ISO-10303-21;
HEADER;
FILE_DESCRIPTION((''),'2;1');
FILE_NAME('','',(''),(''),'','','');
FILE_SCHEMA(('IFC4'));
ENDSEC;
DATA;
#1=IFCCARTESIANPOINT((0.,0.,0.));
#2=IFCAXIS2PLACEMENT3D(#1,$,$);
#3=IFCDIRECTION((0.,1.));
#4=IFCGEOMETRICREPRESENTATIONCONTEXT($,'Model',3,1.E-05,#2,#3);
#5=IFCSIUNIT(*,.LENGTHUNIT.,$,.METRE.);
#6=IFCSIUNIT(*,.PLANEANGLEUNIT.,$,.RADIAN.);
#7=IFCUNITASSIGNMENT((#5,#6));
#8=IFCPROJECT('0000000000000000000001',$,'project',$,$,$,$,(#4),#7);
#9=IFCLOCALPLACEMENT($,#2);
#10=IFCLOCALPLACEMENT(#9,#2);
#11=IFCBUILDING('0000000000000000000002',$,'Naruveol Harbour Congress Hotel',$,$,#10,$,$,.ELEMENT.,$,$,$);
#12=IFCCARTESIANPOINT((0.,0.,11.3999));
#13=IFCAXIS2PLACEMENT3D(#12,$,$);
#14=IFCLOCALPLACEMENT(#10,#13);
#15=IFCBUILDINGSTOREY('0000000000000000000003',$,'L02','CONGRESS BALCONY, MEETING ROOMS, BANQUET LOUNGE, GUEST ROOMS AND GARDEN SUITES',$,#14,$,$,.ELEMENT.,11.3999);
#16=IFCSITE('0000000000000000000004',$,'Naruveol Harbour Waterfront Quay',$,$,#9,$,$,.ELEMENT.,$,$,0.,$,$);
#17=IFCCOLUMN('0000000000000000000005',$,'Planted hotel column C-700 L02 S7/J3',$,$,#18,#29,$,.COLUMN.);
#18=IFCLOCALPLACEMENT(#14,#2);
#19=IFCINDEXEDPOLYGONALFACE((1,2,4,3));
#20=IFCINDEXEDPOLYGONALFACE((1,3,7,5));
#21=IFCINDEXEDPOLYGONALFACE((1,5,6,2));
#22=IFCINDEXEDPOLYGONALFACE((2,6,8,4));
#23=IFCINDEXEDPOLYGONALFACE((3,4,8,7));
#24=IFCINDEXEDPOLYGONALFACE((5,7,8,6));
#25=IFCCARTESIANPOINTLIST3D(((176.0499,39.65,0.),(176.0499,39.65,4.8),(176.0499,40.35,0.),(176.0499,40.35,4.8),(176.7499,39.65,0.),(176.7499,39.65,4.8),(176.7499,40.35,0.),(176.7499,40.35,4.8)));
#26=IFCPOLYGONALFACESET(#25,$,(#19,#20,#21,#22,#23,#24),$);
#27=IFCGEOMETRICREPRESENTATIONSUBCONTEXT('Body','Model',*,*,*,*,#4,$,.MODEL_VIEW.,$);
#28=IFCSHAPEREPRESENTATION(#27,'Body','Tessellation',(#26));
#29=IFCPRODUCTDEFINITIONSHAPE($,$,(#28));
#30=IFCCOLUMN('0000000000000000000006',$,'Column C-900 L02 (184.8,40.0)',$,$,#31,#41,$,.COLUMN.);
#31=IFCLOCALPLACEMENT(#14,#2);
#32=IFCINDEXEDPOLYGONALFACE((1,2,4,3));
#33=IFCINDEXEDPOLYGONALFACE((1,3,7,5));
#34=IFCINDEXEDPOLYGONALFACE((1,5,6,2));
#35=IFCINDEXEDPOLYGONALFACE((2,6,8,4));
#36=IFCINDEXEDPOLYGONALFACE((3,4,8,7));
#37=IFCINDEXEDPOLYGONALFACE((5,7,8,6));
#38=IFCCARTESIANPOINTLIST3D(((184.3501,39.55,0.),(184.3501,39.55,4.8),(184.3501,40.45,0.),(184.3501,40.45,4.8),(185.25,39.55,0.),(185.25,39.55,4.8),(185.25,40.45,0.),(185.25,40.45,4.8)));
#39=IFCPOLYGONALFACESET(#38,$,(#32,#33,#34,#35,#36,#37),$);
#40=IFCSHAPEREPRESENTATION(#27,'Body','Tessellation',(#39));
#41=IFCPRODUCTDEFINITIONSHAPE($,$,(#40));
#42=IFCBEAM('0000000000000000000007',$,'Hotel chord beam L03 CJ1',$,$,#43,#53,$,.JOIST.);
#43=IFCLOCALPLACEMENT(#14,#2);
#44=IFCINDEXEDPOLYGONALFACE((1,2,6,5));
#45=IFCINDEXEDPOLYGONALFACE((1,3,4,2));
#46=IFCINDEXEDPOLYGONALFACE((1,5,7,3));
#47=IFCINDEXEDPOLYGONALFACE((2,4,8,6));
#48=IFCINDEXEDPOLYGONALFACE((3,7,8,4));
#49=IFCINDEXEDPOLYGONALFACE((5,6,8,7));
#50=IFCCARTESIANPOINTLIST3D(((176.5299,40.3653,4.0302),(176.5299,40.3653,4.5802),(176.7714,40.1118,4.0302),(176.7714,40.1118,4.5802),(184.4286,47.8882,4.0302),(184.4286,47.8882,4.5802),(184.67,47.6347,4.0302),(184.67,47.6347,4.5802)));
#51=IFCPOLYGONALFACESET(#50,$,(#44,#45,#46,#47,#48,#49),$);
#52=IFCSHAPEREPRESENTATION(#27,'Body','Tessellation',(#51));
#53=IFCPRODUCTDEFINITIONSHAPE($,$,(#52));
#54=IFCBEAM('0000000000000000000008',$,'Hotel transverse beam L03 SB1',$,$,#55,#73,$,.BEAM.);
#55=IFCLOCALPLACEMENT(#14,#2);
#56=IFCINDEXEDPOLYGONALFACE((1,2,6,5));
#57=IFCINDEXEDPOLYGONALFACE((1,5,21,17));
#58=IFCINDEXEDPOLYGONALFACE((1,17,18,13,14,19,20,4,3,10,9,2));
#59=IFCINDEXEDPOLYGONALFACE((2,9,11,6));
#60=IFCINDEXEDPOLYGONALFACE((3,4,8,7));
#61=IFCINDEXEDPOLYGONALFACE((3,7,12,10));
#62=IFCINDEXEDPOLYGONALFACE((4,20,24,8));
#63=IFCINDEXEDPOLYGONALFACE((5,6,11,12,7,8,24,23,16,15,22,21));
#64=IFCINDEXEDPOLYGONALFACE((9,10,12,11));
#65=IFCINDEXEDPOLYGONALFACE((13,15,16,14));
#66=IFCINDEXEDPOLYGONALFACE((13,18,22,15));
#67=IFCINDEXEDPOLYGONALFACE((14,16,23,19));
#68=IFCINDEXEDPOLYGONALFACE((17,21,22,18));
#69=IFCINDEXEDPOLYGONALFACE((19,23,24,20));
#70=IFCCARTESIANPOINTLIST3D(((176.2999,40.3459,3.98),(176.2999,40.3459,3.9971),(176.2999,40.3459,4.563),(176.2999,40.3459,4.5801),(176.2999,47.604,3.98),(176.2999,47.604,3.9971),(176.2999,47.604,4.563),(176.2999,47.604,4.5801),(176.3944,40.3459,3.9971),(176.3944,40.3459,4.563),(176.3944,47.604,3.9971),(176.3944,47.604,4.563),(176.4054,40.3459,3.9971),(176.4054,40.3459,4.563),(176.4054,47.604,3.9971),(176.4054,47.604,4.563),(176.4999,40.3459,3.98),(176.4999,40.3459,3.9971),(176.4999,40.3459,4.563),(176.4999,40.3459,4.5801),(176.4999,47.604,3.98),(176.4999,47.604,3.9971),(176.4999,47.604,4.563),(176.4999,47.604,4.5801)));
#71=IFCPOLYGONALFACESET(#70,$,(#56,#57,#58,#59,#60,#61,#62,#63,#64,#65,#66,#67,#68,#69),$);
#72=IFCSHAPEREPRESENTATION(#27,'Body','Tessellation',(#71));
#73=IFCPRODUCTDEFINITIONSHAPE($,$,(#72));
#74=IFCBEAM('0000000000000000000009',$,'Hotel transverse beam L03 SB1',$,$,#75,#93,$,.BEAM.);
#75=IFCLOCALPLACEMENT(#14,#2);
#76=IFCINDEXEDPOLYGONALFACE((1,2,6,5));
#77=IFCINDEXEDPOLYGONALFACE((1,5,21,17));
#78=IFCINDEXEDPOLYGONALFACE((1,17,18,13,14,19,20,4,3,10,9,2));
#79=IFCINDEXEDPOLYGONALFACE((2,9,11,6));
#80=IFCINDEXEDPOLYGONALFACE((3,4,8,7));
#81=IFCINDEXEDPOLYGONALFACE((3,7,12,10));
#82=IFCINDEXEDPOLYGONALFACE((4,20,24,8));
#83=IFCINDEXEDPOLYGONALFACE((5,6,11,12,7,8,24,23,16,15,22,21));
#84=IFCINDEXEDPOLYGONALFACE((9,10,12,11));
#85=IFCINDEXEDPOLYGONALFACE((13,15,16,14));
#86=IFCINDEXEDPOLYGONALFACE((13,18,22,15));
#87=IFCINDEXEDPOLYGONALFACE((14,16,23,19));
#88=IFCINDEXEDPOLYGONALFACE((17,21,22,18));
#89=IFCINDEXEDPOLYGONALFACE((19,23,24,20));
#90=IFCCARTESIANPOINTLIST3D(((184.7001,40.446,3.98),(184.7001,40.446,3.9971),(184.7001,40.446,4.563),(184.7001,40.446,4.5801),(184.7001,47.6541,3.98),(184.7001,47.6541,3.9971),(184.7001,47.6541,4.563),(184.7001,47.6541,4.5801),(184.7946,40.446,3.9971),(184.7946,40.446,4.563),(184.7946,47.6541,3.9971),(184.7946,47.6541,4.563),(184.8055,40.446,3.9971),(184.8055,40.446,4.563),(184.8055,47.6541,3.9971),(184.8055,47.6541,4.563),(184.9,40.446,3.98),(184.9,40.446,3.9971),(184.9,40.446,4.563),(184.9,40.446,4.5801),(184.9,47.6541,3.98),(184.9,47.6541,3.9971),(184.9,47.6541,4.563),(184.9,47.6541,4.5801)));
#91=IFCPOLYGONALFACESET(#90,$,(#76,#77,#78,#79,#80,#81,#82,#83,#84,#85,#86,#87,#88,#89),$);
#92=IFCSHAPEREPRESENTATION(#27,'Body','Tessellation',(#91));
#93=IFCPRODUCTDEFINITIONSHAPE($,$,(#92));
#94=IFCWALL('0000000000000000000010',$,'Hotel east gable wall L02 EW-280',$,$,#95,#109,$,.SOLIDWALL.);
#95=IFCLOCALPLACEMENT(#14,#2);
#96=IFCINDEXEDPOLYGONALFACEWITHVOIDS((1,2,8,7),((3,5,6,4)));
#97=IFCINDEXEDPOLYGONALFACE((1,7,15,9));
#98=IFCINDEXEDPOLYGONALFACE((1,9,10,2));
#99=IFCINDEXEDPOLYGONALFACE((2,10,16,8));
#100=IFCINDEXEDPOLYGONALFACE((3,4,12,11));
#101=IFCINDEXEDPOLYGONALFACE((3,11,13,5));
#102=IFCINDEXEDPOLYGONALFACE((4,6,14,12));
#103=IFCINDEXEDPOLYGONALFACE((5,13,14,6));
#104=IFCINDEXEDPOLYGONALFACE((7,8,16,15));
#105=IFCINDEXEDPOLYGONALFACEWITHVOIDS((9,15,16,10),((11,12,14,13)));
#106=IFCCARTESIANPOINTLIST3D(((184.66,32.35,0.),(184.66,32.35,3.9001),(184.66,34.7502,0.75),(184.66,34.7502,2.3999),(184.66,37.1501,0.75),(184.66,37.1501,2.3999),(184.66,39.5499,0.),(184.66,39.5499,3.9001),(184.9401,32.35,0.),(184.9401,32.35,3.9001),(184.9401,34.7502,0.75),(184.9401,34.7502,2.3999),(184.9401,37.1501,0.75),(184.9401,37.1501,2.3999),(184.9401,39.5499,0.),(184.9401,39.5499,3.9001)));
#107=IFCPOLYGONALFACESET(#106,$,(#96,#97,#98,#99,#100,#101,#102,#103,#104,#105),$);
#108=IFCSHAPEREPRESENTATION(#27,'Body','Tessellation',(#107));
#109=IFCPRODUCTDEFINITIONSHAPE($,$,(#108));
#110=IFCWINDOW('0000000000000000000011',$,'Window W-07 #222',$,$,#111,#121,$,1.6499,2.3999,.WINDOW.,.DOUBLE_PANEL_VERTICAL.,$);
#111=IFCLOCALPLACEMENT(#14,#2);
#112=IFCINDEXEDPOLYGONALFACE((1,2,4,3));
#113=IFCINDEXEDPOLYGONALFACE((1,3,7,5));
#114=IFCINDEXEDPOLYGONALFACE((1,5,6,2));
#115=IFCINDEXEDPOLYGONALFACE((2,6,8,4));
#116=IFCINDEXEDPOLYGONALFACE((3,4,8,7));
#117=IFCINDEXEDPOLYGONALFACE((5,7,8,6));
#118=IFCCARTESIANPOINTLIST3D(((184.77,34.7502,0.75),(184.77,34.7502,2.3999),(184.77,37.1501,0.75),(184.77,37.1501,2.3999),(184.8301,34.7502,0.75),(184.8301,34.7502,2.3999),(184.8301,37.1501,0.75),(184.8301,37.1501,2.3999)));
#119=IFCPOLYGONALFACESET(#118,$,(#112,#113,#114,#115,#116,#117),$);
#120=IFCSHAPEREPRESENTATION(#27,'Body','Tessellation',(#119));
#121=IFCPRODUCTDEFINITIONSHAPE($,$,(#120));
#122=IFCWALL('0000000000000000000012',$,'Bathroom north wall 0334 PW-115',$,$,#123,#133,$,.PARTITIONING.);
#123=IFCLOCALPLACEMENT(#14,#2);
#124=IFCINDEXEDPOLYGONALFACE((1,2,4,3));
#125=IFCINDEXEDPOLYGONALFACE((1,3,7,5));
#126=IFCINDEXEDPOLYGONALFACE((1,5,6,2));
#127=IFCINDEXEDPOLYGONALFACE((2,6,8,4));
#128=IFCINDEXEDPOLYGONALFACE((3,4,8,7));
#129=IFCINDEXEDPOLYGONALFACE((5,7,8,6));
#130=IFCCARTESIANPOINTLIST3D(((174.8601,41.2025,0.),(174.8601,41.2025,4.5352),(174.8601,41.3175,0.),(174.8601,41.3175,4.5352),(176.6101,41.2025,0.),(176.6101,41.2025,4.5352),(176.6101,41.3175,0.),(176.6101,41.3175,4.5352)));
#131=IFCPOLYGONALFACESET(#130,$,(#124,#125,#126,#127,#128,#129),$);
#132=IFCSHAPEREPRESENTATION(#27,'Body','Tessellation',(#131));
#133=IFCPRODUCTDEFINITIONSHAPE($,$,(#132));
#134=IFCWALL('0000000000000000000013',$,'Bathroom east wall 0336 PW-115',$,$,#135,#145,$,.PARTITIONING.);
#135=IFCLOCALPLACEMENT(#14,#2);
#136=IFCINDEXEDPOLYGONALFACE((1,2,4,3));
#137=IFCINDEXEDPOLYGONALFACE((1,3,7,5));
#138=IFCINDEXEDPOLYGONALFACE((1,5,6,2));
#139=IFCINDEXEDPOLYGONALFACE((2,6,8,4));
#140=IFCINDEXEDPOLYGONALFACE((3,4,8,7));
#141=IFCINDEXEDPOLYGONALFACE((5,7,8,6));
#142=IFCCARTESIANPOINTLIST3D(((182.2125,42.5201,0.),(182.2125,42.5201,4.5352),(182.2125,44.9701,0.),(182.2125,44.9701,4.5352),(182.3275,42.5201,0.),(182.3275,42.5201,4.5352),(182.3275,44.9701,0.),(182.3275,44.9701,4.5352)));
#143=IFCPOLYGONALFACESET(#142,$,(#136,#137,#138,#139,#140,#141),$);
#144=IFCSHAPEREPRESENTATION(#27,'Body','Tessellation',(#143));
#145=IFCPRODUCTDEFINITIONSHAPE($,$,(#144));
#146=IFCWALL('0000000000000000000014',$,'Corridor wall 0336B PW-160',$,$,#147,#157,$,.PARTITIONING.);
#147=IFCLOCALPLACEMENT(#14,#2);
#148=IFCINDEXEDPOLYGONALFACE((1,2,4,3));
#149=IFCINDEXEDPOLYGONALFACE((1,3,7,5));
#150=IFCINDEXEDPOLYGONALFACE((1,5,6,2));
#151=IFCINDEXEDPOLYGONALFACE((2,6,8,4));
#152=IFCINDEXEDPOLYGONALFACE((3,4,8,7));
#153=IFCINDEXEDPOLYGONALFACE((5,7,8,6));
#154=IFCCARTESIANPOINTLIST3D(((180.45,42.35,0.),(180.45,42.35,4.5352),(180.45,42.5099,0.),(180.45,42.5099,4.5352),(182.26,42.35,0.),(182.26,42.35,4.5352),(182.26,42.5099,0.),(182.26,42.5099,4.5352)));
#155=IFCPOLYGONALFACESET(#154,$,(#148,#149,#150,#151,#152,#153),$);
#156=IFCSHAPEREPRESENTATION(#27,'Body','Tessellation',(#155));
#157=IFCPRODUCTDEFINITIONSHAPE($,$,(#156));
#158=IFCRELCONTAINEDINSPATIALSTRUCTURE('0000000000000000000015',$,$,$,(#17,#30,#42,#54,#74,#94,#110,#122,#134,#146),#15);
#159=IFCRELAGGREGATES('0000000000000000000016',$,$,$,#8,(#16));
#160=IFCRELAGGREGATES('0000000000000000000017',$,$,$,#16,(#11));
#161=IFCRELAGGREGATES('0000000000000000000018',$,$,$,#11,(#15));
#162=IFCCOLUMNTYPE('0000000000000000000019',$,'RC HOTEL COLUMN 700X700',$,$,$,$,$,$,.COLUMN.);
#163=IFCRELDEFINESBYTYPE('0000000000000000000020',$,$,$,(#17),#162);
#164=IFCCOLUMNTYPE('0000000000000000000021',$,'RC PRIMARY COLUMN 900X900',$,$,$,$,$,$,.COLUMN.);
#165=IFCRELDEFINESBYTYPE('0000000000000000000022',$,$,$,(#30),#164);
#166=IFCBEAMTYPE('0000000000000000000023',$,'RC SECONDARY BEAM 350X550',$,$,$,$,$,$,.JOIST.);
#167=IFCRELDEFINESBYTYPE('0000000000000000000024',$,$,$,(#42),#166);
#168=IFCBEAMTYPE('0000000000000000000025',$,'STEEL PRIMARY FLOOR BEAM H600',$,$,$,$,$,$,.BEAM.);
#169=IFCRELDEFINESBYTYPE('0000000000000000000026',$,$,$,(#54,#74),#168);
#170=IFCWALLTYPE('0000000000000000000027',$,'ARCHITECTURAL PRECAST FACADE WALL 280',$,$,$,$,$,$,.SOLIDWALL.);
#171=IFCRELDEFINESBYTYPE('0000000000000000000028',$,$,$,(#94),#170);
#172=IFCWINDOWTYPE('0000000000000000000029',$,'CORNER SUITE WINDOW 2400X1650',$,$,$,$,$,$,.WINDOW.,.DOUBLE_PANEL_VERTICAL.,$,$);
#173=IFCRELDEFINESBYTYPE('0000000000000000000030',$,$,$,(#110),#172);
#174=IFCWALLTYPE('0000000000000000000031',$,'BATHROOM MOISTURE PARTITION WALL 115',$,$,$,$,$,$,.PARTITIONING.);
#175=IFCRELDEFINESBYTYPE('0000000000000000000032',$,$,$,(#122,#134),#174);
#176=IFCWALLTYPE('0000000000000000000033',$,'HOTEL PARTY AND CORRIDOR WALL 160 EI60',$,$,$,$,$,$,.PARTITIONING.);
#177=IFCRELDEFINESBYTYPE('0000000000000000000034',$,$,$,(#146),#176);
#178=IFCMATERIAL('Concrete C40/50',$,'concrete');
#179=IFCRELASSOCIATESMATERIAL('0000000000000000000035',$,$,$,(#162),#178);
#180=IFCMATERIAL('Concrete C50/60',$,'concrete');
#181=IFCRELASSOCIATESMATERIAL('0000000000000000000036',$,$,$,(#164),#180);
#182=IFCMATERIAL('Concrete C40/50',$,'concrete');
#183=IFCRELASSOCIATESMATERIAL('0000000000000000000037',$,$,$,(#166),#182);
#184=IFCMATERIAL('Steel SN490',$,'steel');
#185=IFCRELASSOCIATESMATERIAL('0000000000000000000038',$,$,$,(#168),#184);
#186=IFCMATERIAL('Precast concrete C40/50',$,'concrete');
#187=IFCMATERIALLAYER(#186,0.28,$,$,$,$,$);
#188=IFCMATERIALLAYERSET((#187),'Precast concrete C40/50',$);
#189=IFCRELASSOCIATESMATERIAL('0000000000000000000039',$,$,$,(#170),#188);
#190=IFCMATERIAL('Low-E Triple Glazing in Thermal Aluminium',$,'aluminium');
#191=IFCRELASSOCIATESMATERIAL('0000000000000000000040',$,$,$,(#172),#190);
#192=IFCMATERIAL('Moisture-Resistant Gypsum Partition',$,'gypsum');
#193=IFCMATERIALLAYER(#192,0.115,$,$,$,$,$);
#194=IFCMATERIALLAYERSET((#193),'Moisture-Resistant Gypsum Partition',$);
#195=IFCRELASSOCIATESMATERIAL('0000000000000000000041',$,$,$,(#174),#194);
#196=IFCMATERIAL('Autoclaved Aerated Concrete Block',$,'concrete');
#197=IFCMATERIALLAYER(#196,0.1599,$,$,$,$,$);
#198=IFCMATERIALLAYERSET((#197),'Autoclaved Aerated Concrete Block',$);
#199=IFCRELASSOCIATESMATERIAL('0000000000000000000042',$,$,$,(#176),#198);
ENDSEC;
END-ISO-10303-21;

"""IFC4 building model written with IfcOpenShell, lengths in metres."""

from ifc_helpers import new_model, si_unit, direction, frame, frame_2d, origin, origin_2d, place, context, subcontext, project, spatial, rectangle, i_section, extrude, material, layer, layer_set, material_profile, profile_set, type_object, element, fill, save


model = new_model("IFC4")

# Units and contexts
model_context = context("Model", 3, precision=1e-05, world=origin(), true_north=direction((0.0, 1.0)))
body_context = subcontext(model_context, "Body", "Model", "MODEL_VIEW")
ifc_project = project(units=[si_unit("LENGTHUNIT", "METRE"), si_unit("PLANEANGLEUNIT", "RADIAN")], contexts=[model_context])

# Site, building, storey
site_placement = place(None, origin())
site = spatial("IfcSite", under=ifc_project, at=site_placement, Name="Naruveol Harbour Waterfront Quay", CompositionType="ELEMENT", RefElevation=0.0)
building_placement = place(site_placement, origin())
building = spatial("IfcBuilding", under=site, at=building_placement, Name="Naruveol Harbour Congress Hotel", CompositionType="ELEMENT")
storey_placement = place(building_placement, frame((0.0, 0.0, 11.3999)))
storey = spatial("IfcBuildingStorey", under=building, at=storey_placement, Name="L02", Description="CONGRESS BALCONY, MEETING ROOMS, BANQUET LOUNGE, GUEST ROOMS AND GARDEN SUITES", CompositionType="ELEMENT", Elevation=11.3999)

# Columns
ifc_material_1 = material(Name="Concrete C40/50", Category="concrete")
ifc_material_profile_1 = material_profile(ifc_material_1, rectangle(XDim=0.7, YDim=0.7, at=origin_2d()), Name="RC-700x700")
ifc_profile_set_1 = profile_set([ifc_material_profile_1], Name="Concrete C40/50")
column_type_1 = type_object("IfcColumnType", Name="RC HOTEL COLUMN 700X700", PredefinedType="COLUMN", material=ifc_profile_set_1)
column_1_placement = place(storey_placement, frame((176.3999, 40.0, 0.0), z_axis=(0.0, 0.0, 1.0), x_axis=(1.0, 0.0, 0.0)))
element("IfcColumn", 1, at=column_1_placement, inside=storey, type_object=column_type_1, Name="Planted hotel column C-700 L02 S7/J3", PredefinedType="COLUMN", context=body_context, shape_type="SweptSolid", body=[
    extrude(rectangle(XDim=0.7, YDim=0.7, at=origin_2d()), origin(), (0.0, 0.0, 1.0), 4.8),
])
ifc_material_2 = material(Name="Concrete C50/60", Category="concrete")
ifc_material_profile_2 = material_profile(ifc_material_2, rectangle(XDim=0.8999, YDim=0.8999, at=origin_2d()), Name="RC-900x900")
ifc_profile_set_2 = profile_set([ifc_material_profile_2], Name="Concrete C50/60")
column_type_2 = type_object("IfcColumnType", Name="RC PRIMARY COLUMN 900X900", PredefinedType="COLUMN", material=ifc_profile_set_2)
column_2_placement = place(storey_placement, frame((184.8, 40.0, 0.0), z_axis=(0.0, 0.0, 1.0), x_axis=(1.0, 0.0, 0.0)))
element("IfcColumn", 2, at=column_2_placement, inside=storey, type_object=column_type_2, Name="Column C-900 L02 (184.8,40.0)", PredefinedType="COLUMN", context=body_context, shape_type="SweptSolid", body=[
    extrude(rectangle(XDim=0.8999, YDim=0.8999, at=origin_2d()), origin(), (0.0, 0.0, 1.0), 4.8),
])

# Beams
ifc_material_3 = material(Name="Concrete C40/50", Category="concrete")
ifc_material_profile_3 = material_profile(ifc_material_3, rectangle(XDim=0.3501, YDim=0.55, at=origin_2d()), Name="RCB-350x550")
ifc_profile_set_3 = profile_set([ifc_material_profile_3], Name="Concrete C40/50")
beam_type_1 = type_object("IfcBeamType", Name="RC SECONDARY BEAM 350X550", PredefinedType="JOIST", material=ifc_profile_set_3)
beam_1_placement = place(storey_placement, frame((176.6506, 40.2385, 4.3052), z_axis=(0.72412, 0.689674, 0.0), x_axis=(-0.689674, 0.72412, 0.0)))
element("IfcBeam", 3, at=beam_1_placement, inside=storey, type_object=beam_type_1, Name="Hotel chord beam L03 CJ1", PredefinedType="JOIST", context=body_context, shape_type="SweptSolid", body=[
    extrude(rectangle(XDim=0.3501, YDim=0.55, at=origin_2d()), origin(), (0.0, 0.0, 1.0), 10.908),
])
ifc_material_4 = material(Name="Steel SN490", Category="steel")
ifc_material_profile_4 = material_profile(ifc_material_4, i_section(OverallWidth=0.2, OverallDepth=0.6001, WebThickness=0.011, FlangeThickness=0.0171, at=origin_2d()), Name="H-600x200x11x17")
ifc_profile_set_4 = profile_set([ifc_material_profile_4], Name="Steel SN490")
beam_type_2 = type_object("IfcBeamType", Name="STEEL PRIMARY FLOOR BEAM H600", PredefinedType="BEAM", material=ifc_profile_set_4)
beam_2_placement = place(storey_placement, frame((176.3999, 40.3459, 4.28), z_axis=(0.0, 1.0, 0.0), x_axis=(-1.0, 0.0, 0.0)))
element("IfcBeam", 4, at=beam_2_placement, inside=storey, type_object=beam_type_2, Name="Hotel transverse beam L03 SB1", PredefinedType="BEAM", context=body_context, shape_type="SweptSolid", body=[
    extrude(i_section(OverallWidth=0.2, OverallDepth=0.6001, WebThickness=0.011, FlangeThickness=0.0171, at=origin_2d()), origin(), (0.0, 0.0, 1.0), 7.2581),
])
beam_3_placement = place(storey_placement, frame((184.8, 40.446, 4.28), z_axis=(0.0, 1.0, 0.0), x_axis=(-1.0, 0.0, 0.0)))
element("IfcBeam", 5, at=beam_3_placement, inside=storey, type_object=beam_type_2, Name="Hotel transverse beam L03 SB1", PredefinedType="BEAM", context=body_context, shape_type="SweptSolid", body=[
    extrude(i_section(OverallWidth=0.2, OverallDepth=0.6001, WebThickness=0.011, FlangeThickness=0.0171, at=origin_2d()), origin(), (0.0, 0.0, 1.0), 7.208),
])

# Wall, opening, window
ifc_material_5 = material(Name="Precast concrete C40/50", Category="concrete")
ifc_layer_1 = layer(ifc_material_5, 0.28)
ifc_layer_set_1 = layer_set([ifc_layer_1], Name="Precast concrete C40/50")
wall_type_1 = type_object("IfcWallType", Name="ARCHITECTURAL PRECAST FACADE WALL 280", PredefinedType="SOLIDWALL", material=ifc_layer_set_1)
wall_1_placement = place(storey_placement, frame((184.8, 39.55, 0.0), z_axis=(0.0, 0.0, 1.0), x_axis=(0.0, -1.0, 0.0)))
wall_1 = element("IfcWall", 6, at=wall_1_placement, inside=storey, type_object=wall_type_1, Name="Hotel east gable wall L02 EW-280", PredefinedType="SOLIDWALL", context=body_context, shape_type="SweptSolid", body=[
    extrude(rectangle(XDim=7.2, YDim=0.28, at=frame_2d((3.6001, 0.0))), origin(), (0.0, 0.0, 1.0), 3.9001),
])
opening_1_placement = place(wall_1_placement, frame((2.3999, 0.0, 0.75)))
opening_1 = element("IfcOpeningElement", 7, at=opening_1_placement, cuts=wall_1, PredefinedType="OPENING", context=body_context, shape_type="SweptSolid", body=[
    extrude(rectangle(XDim=2.3999, YDim=1.6499, at=frame_2d((1.2, 0.825))), frame((0.0, 0.1499, 0.0), z_axis=(0.0, -1.0, 0.0), x_axis=(1.0, 0.0, 0.0)), (0.0, 0.0, 1.0), 0.3),
])
ifc_material_6 = material(Name="Low-E Triple Glazing in Thermal Aluminium", Category="aluminium")
window_type = type_object("IfcWindowType", Name="CORNER SUITE WINDOW 2400X1650", PartitioningType="DOUBLE_PANEL_VERTICAL", PredefinedType="WINDOW", material=ifc_material_6)
window_placement = place(opening_1_placement, origin())
window = element("IfcWindow", 8, at=window_placement, inside=storey, type_object=window_type, Name="Window W-07 #222", OverallHeight=1.6499, OverallWidth=2.3999, PartitioningType="DOUBLE_PANEL_VERTICAL", PredefinedType="WINDOW", context=body_context, shape_type="SweptSolid", body=[
    extrude(rectangle(XDim=2.3999, YDim=1.6499, at=frame_2d((1.2, 0.825))), frame((0.0, 0.03, 0.0), z_axis=(0.0, -1.0, 0.0), x_axis=(1.0, 0.0, 0.0)), (0.0, 0.0, 1.0), 0.0601),
])
fill(opening_1, window)

# Wall
ifc_material_7 = material(Name="Moisture-Resistant Gypsum Partition", Category="gypsum")
ifc_layer_2 = layer(ifc_material_7, 0.115)
ifc_layer_set_2 = layer_set([ifc_layer_2], Name="Moisture-Resistant Gypsum Partition")
wall_type_2 = type_object("IfcWallType", Name="BATHROOM MOISTURE PARTITION WALL 115", PredefinedType="PARTITIONING", material=ifc_layer_set_2)
wall_2_placement = place(storey_placement, frame((174.8601, 41.26, 0.0), z_axis=(0.0, 0.0, 1.0), x_axis=(1.0, 0.0, 0.0)))
element("IfcWall", 9, at=wall_2_placement, inside=storey, type_object=wall_type_2, Name="Bathroom north wall 0334 PW-115", PredefinedType="PARTITIONING", context=body_context, shape_type="SweptSolid", body=[
    extrude(rectangle(XDim=1.75, YDim=0.115, at=frame_2d((0.875, 0.0))), origin(), (0.0, 0.0, 1.0), 4.5352),
])

# Wall
wall_3_placement = place(storey_placement, frame((182.27, 42.52, 0.0), z_axis=(0.0, 0.0, 1.0), x_axis=(0.0, 1.0, 0.0)))
element("IfcWall", 10, at=wall_3_placement, inside=storey, type_object=wall_type_2, Name="Bathroom east wall 0336 PW-115", PredefinedType="PARTITIONING", context=body_context, shape_type="SweptSolid", body=[
    extrude(rectangle(XDim=2.45, YDim=0.115, at=frame_2d((1.2251, 0.0))), origin(), (0.0, 0.0, 1.0), 4.5352),
])

# Wall
ifc_material_8 = material(Name="Autoclaved Aerated Concrete Block", Category="concrete")
ifc_layer_3 = layer(ifc_material_8, 0.1599)
ifc_layer_set_3 = layer_set([ifc_layer_3], Name="Autoclaved Aerated Concrete Block")
wall_type_3 = type_object("IfcWallType", Name="HOTEL PARTY AND CORRIDOR WALL 160 EI60", PredefinedType="PARTITIONING", material=ifc_layer_set_3)
wall_4_placement = place(storey_placement, frame((180.45, 42.4299, 0.0), z_axis=(0.0, 0.0, 1.0), x_axis=(1.0, 0.0, 0.0)))
element("IfcWall", 11, at=wall_4_placement, inside=storey, type_object=wall_type_3, Name="Corridor wall 0336B PW-160", PredefinedType="PARTITIONING", context=body_context, shape_type="SweptSolid", body=[
    extrude(rectangle(XDim=1.8101, YDim=0.1599, at=frame_2d((0.905, 0.0))), origin(), (0.0, 0.0, 1.0), 4.5352),
])

save(model, "model.ifc")
